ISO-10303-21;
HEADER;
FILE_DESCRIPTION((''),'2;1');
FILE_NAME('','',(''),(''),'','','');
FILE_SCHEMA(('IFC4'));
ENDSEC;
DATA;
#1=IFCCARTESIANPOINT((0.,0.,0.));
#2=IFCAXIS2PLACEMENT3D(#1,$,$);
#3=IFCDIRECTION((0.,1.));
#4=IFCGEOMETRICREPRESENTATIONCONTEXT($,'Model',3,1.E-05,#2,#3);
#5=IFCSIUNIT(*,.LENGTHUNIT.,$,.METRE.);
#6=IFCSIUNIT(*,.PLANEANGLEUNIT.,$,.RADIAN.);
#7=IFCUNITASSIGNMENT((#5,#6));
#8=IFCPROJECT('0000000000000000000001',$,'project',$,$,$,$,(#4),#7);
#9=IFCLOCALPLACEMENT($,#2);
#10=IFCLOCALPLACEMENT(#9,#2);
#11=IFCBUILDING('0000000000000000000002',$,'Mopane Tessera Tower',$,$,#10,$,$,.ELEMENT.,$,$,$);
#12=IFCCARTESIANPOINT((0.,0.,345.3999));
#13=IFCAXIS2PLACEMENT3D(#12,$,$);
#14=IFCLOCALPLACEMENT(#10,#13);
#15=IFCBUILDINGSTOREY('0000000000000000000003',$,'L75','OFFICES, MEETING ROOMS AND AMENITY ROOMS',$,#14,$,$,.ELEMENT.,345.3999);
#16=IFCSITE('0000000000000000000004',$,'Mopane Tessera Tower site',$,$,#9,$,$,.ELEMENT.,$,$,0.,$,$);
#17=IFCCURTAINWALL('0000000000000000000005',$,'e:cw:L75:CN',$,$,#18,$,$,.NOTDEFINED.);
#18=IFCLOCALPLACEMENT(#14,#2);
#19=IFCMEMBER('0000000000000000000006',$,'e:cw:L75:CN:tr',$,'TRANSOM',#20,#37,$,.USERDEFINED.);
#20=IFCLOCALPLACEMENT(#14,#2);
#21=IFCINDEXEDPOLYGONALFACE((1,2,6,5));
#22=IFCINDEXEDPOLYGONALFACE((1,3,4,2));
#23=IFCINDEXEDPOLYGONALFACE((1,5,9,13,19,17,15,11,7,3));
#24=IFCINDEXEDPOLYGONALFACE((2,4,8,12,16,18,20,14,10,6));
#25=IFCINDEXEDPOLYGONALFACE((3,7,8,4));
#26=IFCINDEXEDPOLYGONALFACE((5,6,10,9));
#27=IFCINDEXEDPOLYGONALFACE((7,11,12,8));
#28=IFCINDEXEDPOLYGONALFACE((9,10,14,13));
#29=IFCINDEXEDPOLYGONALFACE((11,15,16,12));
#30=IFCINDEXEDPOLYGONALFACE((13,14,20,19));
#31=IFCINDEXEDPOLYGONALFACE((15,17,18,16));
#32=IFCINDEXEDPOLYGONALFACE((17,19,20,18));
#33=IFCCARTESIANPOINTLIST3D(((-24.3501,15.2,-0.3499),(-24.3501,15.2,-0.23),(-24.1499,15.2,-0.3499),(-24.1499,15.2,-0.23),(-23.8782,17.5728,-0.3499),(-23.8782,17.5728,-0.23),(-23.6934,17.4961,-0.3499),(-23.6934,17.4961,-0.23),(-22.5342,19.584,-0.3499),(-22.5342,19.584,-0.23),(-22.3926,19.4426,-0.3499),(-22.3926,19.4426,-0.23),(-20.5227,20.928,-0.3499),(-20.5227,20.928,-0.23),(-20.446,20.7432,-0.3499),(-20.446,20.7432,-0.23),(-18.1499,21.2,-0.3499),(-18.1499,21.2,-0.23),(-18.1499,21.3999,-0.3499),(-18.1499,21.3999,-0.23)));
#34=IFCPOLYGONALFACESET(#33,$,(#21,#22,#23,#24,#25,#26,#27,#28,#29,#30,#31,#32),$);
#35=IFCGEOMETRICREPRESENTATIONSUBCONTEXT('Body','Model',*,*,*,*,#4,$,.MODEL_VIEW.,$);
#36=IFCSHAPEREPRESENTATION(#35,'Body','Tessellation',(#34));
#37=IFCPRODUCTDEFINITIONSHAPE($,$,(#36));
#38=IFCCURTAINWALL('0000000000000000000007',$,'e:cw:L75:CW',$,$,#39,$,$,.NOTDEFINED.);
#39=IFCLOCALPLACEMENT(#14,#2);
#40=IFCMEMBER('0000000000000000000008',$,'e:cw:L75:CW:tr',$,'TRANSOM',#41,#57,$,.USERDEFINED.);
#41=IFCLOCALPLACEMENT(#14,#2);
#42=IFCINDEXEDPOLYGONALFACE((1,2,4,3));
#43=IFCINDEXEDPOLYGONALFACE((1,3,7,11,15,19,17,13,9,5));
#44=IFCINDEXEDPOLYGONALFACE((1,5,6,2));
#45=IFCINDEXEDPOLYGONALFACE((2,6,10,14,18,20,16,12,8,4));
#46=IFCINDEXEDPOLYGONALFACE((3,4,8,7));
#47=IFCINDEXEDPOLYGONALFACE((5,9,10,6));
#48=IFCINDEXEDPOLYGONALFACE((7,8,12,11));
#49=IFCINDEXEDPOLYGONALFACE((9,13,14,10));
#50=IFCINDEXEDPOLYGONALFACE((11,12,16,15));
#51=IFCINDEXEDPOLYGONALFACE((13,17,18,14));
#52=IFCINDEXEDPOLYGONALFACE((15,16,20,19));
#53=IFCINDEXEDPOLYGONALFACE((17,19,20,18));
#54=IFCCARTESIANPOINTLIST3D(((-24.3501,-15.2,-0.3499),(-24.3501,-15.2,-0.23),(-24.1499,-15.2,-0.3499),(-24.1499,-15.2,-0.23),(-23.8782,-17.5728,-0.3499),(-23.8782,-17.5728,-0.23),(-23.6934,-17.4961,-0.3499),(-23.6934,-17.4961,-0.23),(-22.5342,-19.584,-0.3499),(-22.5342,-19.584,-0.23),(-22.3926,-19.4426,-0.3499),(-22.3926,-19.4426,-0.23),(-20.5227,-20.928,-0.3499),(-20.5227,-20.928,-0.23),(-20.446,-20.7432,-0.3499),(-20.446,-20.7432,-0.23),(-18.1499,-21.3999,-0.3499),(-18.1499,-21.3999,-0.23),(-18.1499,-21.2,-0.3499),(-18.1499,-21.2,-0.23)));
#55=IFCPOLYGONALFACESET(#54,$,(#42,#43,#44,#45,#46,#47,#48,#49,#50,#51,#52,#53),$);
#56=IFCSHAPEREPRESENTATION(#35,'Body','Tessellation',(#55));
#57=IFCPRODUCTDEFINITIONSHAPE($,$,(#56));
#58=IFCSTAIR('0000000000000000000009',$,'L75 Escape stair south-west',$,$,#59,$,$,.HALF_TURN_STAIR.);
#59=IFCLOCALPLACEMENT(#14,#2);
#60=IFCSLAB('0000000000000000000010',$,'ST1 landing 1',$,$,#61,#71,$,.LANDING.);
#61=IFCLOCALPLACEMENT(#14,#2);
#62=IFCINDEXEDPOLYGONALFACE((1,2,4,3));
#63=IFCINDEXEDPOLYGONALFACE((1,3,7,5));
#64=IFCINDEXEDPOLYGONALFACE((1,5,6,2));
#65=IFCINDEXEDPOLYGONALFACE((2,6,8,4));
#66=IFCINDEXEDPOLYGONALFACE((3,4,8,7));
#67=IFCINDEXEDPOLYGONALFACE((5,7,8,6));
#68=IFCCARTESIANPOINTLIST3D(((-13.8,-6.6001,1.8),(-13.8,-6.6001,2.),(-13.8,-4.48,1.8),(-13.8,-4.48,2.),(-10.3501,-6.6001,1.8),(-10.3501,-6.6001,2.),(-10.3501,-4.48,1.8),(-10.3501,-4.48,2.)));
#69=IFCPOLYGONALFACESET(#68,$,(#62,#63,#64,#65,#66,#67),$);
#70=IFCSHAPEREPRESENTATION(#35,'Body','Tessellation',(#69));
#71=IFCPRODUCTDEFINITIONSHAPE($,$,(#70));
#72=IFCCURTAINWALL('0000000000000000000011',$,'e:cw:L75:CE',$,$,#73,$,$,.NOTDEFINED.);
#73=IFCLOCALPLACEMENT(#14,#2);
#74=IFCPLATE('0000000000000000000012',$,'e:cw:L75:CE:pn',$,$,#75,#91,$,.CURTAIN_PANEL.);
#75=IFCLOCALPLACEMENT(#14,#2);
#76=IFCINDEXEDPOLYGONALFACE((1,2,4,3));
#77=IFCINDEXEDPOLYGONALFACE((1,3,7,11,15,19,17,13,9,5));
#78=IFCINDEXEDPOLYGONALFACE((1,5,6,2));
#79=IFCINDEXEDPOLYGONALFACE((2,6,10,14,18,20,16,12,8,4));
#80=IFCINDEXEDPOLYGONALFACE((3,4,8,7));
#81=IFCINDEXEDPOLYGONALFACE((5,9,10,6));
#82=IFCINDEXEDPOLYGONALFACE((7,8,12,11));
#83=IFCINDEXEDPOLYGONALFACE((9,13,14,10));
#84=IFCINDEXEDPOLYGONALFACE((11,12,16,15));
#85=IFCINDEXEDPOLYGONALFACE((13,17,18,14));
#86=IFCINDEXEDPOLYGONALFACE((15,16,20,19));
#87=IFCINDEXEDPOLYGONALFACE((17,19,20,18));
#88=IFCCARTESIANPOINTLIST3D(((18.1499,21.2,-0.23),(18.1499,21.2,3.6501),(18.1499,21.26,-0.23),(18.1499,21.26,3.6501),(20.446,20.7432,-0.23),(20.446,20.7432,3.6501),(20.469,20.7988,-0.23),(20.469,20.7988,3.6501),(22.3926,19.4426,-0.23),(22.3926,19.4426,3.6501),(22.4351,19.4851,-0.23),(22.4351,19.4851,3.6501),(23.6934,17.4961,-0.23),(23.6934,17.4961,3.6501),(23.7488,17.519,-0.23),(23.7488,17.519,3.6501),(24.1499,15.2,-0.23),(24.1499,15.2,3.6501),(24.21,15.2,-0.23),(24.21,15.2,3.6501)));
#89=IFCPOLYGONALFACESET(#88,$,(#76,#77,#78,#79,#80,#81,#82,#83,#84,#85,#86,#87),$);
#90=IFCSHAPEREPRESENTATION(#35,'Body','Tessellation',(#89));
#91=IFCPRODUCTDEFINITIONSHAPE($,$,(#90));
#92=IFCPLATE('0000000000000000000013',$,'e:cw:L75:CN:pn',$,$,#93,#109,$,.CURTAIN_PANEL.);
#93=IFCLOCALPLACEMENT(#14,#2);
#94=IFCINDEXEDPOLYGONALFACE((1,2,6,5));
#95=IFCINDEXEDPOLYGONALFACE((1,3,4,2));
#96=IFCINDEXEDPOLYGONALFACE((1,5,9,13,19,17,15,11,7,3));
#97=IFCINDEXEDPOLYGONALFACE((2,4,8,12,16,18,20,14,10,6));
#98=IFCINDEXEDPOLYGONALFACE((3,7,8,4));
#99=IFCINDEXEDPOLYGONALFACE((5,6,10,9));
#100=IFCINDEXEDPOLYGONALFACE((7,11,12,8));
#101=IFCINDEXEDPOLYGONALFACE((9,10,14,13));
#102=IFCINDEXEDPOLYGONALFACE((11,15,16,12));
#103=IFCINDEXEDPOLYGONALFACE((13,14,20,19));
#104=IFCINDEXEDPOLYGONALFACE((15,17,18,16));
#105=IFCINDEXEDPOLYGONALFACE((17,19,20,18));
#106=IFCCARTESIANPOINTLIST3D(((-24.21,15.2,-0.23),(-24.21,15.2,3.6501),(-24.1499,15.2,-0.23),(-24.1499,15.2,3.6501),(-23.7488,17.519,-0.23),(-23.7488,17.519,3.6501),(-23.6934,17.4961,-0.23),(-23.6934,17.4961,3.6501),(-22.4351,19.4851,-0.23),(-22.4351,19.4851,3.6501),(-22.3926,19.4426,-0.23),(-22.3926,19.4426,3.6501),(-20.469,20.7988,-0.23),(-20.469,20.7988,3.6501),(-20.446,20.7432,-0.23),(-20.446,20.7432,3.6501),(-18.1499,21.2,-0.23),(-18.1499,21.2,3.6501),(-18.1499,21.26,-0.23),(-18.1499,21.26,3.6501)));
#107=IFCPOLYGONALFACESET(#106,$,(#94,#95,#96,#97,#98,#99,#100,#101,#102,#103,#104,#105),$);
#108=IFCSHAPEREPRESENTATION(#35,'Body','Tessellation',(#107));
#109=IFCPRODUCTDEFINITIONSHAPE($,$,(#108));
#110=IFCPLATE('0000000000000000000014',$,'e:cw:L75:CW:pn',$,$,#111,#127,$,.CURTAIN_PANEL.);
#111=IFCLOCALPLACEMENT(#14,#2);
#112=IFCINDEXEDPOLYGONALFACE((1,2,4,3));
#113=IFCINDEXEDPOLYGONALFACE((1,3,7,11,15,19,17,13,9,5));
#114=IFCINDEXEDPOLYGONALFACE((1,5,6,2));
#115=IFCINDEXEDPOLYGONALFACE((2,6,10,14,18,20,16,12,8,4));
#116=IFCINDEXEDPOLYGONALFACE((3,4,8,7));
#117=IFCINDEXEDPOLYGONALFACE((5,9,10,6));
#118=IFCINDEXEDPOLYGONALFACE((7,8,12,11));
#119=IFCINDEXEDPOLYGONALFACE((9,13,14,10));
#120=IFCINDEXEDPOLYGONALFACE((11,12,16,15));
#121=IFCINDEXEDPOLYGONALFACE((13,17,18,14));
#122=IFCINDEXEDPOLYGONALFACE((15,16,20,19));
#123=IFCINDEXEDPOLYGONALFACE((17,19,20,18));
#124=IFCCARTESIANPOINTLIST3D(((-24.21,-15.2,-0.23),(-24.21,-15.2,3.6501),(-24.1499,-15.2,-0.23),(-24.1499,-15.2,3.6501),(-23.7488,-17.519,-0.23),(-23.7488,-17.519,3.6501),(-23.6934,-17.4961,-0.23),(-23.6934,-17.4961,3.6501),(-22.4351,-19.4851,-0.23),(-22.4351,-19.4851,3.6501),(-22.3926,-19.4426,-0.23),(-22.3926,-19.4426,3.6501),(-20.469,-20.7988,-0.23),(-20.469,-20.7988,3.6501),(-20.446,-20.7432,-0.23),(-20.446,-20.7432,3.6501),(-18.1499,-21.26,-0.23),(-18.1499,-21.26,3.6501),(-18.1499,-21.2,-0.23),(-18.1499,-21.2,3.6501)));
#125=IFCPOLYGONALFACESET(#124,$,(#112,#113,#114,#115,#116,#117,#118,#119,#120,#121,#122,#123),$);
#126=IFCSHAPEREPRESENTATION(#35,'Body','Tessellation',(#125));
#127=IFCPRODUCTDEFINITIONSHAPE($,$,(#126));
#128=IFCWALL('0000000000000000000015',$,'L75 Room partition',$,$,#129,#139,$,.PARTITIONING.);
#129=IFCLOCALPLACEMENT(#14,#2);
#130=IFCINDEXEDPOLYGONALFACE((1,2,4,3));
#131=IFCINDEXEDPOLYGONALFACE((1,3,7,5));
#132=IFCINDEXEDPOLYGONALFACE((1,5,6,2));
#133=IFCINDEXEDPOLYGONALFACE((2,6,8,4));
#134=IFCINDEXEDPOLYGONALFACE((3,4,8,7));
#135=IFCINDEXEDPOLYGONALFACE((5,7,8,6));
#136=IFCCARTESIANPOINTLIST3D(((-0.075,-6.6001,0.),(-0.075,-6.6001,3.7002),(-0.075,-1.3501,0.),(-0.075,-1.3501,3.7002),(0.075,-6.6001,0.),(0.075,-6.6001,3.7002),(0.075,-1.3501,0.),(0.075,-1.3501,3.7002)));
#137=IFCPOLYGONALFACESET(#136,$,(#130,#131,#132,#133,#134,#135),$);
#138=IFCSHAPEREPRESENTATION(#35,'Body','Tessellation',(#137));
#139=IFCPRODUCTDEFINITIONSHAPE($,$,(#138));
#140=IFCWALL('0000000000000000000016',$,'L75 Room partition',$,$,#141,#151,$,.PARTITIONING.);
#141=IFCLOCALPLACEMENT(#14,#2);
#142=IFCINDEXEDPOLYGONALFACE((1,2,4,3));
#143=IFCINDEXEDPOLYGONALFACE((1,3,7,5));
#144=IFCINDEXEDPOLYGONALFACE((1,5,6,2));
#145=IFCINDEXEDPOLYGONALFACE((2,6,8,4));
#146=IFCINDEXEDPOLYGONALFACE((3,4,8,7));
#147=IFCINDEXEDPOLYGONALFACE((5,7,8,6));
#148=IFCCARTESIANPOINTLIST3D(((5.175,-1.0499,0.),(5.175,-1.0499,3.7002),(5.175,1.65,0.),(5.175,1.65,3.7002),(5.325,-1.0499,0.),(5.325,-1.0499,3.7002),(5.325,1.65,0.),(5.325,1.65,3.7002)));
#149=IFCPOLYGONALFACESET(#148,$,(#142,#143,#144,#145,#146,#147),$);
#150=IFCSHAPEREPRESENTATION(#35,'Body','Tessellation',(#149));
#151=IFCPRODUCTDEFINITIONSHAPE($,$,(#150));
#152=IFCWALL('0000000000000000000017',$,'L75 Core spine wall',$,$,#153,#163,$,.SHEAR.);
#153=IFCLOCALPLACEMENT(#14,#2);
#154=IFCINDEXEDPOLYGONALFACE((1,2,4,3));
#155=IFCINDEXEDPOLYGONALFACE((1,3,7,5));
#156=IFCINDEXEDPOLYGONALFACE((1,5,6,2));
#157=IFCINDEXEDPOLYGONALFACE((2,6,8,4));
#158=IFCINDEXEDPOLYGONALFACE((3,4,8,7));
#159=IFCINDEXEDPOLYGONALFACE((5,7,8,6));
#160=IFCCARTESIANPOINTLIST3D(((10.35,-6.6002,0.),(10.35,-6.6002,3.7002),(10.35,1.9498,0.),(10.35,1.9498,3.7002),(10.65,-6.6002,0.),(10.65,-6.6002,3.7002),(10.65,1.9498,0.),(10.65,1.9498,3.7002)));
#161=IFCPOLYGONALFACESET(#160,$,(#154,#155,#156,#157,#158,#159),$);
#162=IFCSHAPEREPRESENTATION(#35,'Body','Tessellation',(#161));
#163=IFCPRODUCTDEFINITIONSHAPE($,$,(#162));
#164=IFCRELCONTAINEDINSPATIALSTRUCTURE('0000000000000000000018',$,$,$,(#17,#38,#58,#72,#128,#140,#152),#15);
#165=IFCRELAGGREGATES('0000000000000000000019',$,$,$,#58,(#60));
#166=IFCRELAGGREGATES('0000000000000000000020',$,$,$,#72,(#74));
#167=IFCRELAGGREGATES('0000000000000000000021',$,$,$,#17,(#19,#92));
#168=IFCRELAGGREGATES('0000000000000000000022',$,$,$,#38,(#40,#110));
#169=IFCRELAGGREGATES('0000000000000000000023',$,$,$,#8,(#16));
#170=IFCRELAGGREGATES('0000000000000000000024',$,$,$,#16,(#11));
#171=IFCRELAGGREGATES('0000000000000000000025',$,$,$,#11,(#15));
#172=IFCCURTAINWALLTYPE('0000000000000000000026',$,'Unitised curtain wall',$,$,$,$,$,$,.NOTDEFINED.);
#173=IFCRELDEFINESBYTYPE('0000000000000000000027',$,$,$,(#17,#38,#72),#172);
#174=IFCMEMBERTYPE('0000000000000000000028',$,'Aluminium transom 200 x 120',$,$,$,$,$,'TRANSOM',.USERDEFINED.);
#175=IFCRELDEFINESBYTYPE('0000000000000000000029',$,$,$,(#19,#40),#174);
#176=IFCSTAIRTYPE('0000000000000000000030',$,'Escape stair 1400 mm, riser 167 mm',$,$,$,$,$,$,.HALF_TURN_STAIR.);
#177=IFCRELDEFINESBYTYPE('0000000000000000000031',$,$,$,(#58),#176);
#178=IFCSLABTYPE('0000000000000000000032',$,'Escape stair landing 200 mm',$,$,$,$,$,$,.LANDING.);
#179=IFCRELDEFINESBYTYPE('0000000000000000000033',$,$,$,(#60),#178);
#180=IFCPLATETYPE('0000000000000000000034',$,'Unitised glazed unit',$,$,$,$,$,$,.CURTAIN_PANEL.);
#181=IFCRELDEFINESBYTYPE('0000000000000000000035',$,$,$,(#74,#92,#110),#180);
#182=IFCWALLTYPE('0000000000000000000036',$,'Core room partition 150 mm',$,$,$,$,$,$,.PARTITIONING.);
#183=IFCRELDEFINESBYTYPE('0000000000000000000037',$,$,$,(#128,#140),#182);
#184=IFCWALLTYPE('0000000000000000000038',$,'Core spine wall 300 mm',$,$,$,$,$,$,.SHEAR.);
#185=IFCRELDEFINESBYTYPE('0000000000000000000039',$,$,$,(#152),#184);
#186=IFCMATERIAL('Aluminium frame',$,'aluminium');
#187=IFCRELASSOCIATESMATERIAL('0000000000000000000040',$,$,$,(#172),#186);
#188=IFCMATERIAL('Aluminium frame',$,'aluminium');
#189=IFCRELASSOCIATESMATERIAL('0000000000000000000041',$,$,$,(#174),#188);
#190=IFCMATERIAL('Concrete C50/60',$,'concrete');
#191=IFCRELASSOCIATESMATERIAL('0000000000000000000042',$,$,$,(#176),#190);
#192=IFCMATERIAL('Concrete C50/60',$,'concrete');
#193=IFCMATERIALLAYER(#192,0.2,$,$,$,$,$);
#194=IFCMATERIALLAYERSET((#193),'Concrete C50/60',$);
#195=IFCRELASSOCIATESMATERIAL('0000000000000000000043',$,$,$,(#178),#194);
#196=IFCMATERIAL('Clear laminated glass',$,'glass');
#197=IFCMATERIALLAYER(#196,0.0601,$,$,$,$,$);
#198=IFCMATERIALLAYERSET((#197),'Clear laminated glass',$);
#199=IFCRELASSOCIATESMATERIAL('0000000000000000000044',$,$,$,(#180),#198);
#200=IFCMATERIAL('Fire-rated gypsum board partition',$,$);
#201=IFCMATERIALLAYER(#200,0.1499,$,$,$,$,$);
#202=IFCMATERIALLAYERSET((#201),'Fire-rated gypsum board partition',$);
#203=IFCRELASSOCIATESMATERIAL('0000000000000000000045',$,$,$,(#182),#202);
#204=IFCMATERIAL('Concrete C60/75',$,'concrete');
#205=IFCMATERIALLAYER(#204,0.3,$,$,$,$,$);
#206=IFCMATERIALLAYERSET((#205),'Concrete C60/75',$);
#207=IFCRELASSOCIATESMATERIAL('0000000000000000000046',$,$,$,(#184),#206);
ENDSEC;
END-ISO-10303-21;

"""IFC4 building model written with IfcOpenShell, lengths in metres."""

from ifc_helpers import new_model, si_unit, direction, frame, frame_2d, origin, origin_2d, place, context, subcontext, project, spatial, polyline, rectangle, outline, extrude, material, layer, layer_set, material_profile, profile_set, type_object, element, aggregate, save


model = new_model("IFC4")

# Units and contexts
model_context = context("Model", 3, precision=1e-05, world=origin(), true_north=direction((0.0, 1.0)))
body_context = subcontext(model_context, "Body", "Model", "MODEL_VIEW")
ifc_project = project(units=[si_unit("LENGTHUNIT", "METRE"), si_unit("PLANEANGLEUNIT", "RADIAN")], contexts=[model_context])

# Site, building, storey
site_placement = place(None, origin())
site = spatial("IfcSite", under=ifc_project, at=site_placement, Name="Mopane Tessera Tower site", CompositionType="ELEMENT", RefElevation=0.0)
building_placement = place(site_placement, origin())
building = spatial("IfcBuilding", under=site, at=building_placement, Name="Mopane Tessera Tower", CompositionType="ELEMENT")
storey_placement = place(building_placement, frame((0.0, 0.0, 345.3999)))
storey = spatial("IfcBuildingStorey", under=building, at=storey_placement, Name="L75", Description="OFFICES, MEETING ROOMS AND AMENITY ROOMS", CompositionType="ELEMENT", Elevation=345.3999)

# Curtain walls, members
ifc_material_1 = material(Name="Aluminium frame", Category="aluminium")
curtain_wall_type = type_object("IfcCurtainWallType", Name="Unitised curtain wall", PredefinedType="NOTDEFINED", material=ifc_material_1)
curtain_wall_1_placement = place(storey_placement, origin())
curtain_wall_1 = element("IfcCurtainWall", 1, at=curtain_wall_1_placement, inside=storey, type_object=curtain_wall_type, Name="e:cw:L75:CN", PredefinedType="NOTDEFINED")
ifc_material_2 = material(Name="Aluminium frame", Category="aluminium")
ifc_material_profile = material_profile(ifc_material_2, rectangle(XDim=0.2, YDim=0.1201, at=origin_2d()))
ifc_profile_set = profile_set([ifc_material_profile], Name="Aluminium frame")
member_type = type_object("IfcMemberType", Name="Aluminium transom 200 x 120", ElementType="TRANSOM", PredefinedType="USERDEFINED", material=ifc_profile_set)
member_1_placement = place(storey_placement, frame((0.0, 0.0, -0.3499)))
member_1 = element("IfcMember", 2, at=member_1_placement, type_object=member_type, Name="e:cw:L75:CN:tr", ObjectType="TRANSOM", PredefinedType="USERDEFINED", context=body_context, shape_type="SweptSolid", body=[
    extrude(outline(polyline([(-18.1499, 21.2), (-20.446, 20.7432), (-22.3926, 19.4426), (-23.6934, 17.4961), (-24.1499, 15.2), (-24.3501, 15.2), (-23.8782, 17.5728), (-22.5342, 19.584), (-20.5227, 20.928), (-18.1499, 21.3999), (-18.1499, 21.2)])), origin(), (0.0, 0.0, 1.0), 0.1199),
])
curtain_wall_2_placement = place(storey_placement, origin())
curtain_wall_2 = element("IfcCurtainWall", 3, at=curtain_wall_2_placement, inside=storey, type_object=curtain_wall_type, Name="e:cw:L75:CW", PredefinedType="NOTDEFINED")
member_2_placement = place(storey_placement, frame((0.0, 0.0, -0.3499)))
member_2 = element("IfcMember", 4, at=member_2_placement, type_object=member_type, Name="e:cw:L75:CW:tr", ObjectType="TRANSOM", PredefinedType="USERDEFINED", context=body_context, shape_type="SweptSolid", body=[
    extrude(outline(polyline([(-24.1499, -15.2), (-23.6934, -17.4961), (-22.3926, -19.4426), (-20.446, -20.7432), (-18.1499, -21.2), (-18.1499, -21.3999), (-20.5227, -20.928), (-22.5342, -19.584), (-23.8782, -17.5728), (-24.3501, -15.2), (-24.1499, -15.2)])), origin(), (0.0, 0.0, 1.0), 0.1199),
])

# Stair, slab
ifc_material_3 = material(Name="Concrete C50/60", Category="concrete")
stair_type = type_object("IfcStairType", Name="Escape stair 1400 mm, riser 167 mm", PredefinedType="HALF_TURN_STAIR", material=ifc_material_3)
stair_1_placement = place(storey_placement, origin())
stair_1 = element("IfcStair", 5, at=stair_1_placement, inside=storey, type_object=stair_type, Name="L75 Escape stair south-west", PredefinedType="HALF_TURN_STAIR")
ifc_material_4 = material(Name="Concrete C50/60", Category="concrete")
ifc_layer_1 = layer(ifc_material_4, 0.2)
ifc_layer_set_1 = layer_set([ifc_layer_1], Name="Concrete C50/60")
slab_type = type_object("IfcSlabType", Name="Escape stair landing 200 mm", PredefinedType="LANDING", material=ifc_layer_set_1)
slab_placement = place(storey_placement, frame((0.0, 0.0, 1.8)))
slab = element("IfcSlab", 6, at=slab_placement, type_object=slab_type, Name="ST1 landing 1", PredefinedType="LANDING", context=body_context, shape_type="SweptSolid", body=[
    extrude(outline(polyline([(-13.8, -4.48), (-13.8, -6.6001), (-10.3501, -6.6001), (-10.3501, -4.48), (-13.8, -4.48)])), origin(), (0.0, 0.0, 1.0), 0.2),
])
aggregate(stair_1, [slab])

# Curtain wall, plate
curtain_wall_3_placement = place(storey_placement, origin())
curtain_wall_3 = element("IfcCurtainWall", 7, at=curtain_wall_3_placement, inside=storey, type_object=curtain_wall_type, Name="e:cw:L75:CE", PredefinedType="NOTDEFINED")
ifc_material_5 = material(Name="Clear laminated glass", Category="glass")
ifc_layer_2 = layer(ifc_material_5, 0.0601)
ifc_layer_set_2 = layer_set([ifc_layer_2], Name="Clear laminated glass")
plate_type = type_object("IfcPlateType", Name="Unitised glazed unit", PredefinedType="CURTAIN_PANEL", material=ifc_layer_set_2)
plate_1_placement = place(storey_placement, frame((0.0, 0.0, -0.23)))
plate_1 = element("IfcPlate", 8, at=plate_1_placement, type_object=plate_type, Name="e:cw:L75:CE:pn", PredefinedType="CURTAIN_PANEL", context=body_context, shape_type="SweptSolid", body=[
    extrude(outline(polyline([(24.1499, 15.2), (23.6934, 17.4961), (22.3926, 19.4426), (20.446, 20.7432), (18.1499, 21.2), (18.1499, 21.26), (20.469, 20.7988), (22.4351, 19.4851), (23.7488, 17.519), (24.21, 15.2), (24.1499, 15.2)])), origin(), (0.0, 0.0, 1.0), 3.8801),
])
aggregate(curtain_wall_3, [plate_1])

# Plates
plate_2_placement = place(storey_placement, frame((0.0, 0.0, -0.23)))
plate_2 = element("IfcPlate", 9, at=plate_2_placement, type_object=plate_type, Name="e:cw:L75:CN:pn", PredefinedType="CURTAIN_PANEL", context=body_context, shape_type="SweptSolid", body=[
    extrude(outline(polyline([(-18.1499, 21.2), (-20.446, 20.7432), (-22.3926, 19.4426), (-23.6934, 17.4961), (-24.1499, 15.2), (-24.21, 15.2), (-23.7488, 17.519), (-22.4351, 19.4851), (-20.469, 20.7988), (-18.1499, 21.26), (-18.1499, 21.2)])), origin(), (0.0, 0.0, 1.0), 3.8801),
])
aggregate(curtain_wall_1, [member_1, plate_2])
plate_3_placement = place(storey_placement, frame((0.0, 0.0, -0.23)))
plate_3 = element("IfcPlate", 10, at=plate_3_placement, type_object=plate_type, Name="e:cw:L75:CW:pn", PredefinedType="CURTAIN_PANEL", context=body_context, shape_type="SweptSolid", body=[
    extrude(outline(polyline([(-24.1499, -15.2), (-23.6934, -17.4961), (-22.3926, -19.4426), (-20.446, -20.7432), (-18.1499, -21.2), (-18.1499, -21.26), (-20.469, -20.7988), (-22.4351, -19.4851), (-23.7488, -17.519), (-24.21, -15.2), (-24.1499, -15.2)])), origin(), (0.0, 0.0, 1.0), 3.8801),
])
aggregate(curtain_wall_2, [member_2, plate_3])

# Walls
ifc_material_6 = material(Name="Fire-rated gypsum board partition")
ifc_layer_3 = layer(ifc_material_6, 0.1499)
ifc_layer_set_3 = layer_set([ifc_layer_3], Name="Fire-rated gypsum board partition")
wall_type_1 = type_object("IfcWallType", Name="Core room partition 150 mm", PredefinedType="PARTITIONING", material=ifc_layer_set_3)
wall_1_placement = place(storey_placement, frame((0.0, -6.6001, 0.0), z_axis=(0.0, 0.0, 1.0), x_axis=(0.0, 1.0, 0.0)))
element("IfcWall", 11, at=wall_1_placement, inside=storey, type_object=wall_type_1, Name="L75 Room partition", PredefinedType="PARTITIONING", context=body_context, shape_type="SweptSolid", body=[
    extrude(rectangle(XDim=5.25, YDim=0.1499, at=frame_2d((2.625, 0.0))), origin(), (0.0, 0.0, 1.0), 3.7002),
])
wall_2_placement = place(storey_placement, frame((5.25, -1.05, 0.0), z_axis=(0.0, 0.0, 1.0), x_axis=(0.0, 1.0, 0.0)))
element("IfcWall", 12, at=wall_2_placement, inside=storey, type_object=wall_type_1, Name="L75 Room partition", PredefinedType="PARTITIONING", context=body_context, shape_type="SweptSolid", body=[
    extrude(rectangle(XDim=2.7, YDim=0.1499, at=frame_2d((1.3501, 0.0))), origin(), (0.0, 0.0, 1.0), 3.7002),
])
ifc_material_7 = material(Name="Concrete C60/75", Category="concrete")
ifc_layer_4 = layer(ifc_material_7, 0.3)
ifc_layer_set_4 = layer_set([ifc_layer_4], Name="Concrete C60/75")
wall_type_2 = type_object("IfcWallType", Name="Core spine wall 300 mm", PredefinedType="SHEAR", material=ifc_layer_set_4)
wall_3_placement = place(storey_placement, frame((10.5, -6.6001, 0.0), z_axis=(0.0, 0.0, 1.0), x_axis=(0.0, 1.0, 0.0)))
element("IfcWall", 13, at=wall_3_placement, inside=storey, type_object=wall_type_2, Name="L75 Core spine wall", PredefinedType="SHEAR", context=body_context, shape_type="SweptSolid", body=[
    extrude(rectangle(XDim=8.55, YDim=0.3, at=frame_2d((4.2749, 0.0))), origin(), (0.0, 0.0, 1.0), 3.7002),
])

save(model, "model.ifc")
